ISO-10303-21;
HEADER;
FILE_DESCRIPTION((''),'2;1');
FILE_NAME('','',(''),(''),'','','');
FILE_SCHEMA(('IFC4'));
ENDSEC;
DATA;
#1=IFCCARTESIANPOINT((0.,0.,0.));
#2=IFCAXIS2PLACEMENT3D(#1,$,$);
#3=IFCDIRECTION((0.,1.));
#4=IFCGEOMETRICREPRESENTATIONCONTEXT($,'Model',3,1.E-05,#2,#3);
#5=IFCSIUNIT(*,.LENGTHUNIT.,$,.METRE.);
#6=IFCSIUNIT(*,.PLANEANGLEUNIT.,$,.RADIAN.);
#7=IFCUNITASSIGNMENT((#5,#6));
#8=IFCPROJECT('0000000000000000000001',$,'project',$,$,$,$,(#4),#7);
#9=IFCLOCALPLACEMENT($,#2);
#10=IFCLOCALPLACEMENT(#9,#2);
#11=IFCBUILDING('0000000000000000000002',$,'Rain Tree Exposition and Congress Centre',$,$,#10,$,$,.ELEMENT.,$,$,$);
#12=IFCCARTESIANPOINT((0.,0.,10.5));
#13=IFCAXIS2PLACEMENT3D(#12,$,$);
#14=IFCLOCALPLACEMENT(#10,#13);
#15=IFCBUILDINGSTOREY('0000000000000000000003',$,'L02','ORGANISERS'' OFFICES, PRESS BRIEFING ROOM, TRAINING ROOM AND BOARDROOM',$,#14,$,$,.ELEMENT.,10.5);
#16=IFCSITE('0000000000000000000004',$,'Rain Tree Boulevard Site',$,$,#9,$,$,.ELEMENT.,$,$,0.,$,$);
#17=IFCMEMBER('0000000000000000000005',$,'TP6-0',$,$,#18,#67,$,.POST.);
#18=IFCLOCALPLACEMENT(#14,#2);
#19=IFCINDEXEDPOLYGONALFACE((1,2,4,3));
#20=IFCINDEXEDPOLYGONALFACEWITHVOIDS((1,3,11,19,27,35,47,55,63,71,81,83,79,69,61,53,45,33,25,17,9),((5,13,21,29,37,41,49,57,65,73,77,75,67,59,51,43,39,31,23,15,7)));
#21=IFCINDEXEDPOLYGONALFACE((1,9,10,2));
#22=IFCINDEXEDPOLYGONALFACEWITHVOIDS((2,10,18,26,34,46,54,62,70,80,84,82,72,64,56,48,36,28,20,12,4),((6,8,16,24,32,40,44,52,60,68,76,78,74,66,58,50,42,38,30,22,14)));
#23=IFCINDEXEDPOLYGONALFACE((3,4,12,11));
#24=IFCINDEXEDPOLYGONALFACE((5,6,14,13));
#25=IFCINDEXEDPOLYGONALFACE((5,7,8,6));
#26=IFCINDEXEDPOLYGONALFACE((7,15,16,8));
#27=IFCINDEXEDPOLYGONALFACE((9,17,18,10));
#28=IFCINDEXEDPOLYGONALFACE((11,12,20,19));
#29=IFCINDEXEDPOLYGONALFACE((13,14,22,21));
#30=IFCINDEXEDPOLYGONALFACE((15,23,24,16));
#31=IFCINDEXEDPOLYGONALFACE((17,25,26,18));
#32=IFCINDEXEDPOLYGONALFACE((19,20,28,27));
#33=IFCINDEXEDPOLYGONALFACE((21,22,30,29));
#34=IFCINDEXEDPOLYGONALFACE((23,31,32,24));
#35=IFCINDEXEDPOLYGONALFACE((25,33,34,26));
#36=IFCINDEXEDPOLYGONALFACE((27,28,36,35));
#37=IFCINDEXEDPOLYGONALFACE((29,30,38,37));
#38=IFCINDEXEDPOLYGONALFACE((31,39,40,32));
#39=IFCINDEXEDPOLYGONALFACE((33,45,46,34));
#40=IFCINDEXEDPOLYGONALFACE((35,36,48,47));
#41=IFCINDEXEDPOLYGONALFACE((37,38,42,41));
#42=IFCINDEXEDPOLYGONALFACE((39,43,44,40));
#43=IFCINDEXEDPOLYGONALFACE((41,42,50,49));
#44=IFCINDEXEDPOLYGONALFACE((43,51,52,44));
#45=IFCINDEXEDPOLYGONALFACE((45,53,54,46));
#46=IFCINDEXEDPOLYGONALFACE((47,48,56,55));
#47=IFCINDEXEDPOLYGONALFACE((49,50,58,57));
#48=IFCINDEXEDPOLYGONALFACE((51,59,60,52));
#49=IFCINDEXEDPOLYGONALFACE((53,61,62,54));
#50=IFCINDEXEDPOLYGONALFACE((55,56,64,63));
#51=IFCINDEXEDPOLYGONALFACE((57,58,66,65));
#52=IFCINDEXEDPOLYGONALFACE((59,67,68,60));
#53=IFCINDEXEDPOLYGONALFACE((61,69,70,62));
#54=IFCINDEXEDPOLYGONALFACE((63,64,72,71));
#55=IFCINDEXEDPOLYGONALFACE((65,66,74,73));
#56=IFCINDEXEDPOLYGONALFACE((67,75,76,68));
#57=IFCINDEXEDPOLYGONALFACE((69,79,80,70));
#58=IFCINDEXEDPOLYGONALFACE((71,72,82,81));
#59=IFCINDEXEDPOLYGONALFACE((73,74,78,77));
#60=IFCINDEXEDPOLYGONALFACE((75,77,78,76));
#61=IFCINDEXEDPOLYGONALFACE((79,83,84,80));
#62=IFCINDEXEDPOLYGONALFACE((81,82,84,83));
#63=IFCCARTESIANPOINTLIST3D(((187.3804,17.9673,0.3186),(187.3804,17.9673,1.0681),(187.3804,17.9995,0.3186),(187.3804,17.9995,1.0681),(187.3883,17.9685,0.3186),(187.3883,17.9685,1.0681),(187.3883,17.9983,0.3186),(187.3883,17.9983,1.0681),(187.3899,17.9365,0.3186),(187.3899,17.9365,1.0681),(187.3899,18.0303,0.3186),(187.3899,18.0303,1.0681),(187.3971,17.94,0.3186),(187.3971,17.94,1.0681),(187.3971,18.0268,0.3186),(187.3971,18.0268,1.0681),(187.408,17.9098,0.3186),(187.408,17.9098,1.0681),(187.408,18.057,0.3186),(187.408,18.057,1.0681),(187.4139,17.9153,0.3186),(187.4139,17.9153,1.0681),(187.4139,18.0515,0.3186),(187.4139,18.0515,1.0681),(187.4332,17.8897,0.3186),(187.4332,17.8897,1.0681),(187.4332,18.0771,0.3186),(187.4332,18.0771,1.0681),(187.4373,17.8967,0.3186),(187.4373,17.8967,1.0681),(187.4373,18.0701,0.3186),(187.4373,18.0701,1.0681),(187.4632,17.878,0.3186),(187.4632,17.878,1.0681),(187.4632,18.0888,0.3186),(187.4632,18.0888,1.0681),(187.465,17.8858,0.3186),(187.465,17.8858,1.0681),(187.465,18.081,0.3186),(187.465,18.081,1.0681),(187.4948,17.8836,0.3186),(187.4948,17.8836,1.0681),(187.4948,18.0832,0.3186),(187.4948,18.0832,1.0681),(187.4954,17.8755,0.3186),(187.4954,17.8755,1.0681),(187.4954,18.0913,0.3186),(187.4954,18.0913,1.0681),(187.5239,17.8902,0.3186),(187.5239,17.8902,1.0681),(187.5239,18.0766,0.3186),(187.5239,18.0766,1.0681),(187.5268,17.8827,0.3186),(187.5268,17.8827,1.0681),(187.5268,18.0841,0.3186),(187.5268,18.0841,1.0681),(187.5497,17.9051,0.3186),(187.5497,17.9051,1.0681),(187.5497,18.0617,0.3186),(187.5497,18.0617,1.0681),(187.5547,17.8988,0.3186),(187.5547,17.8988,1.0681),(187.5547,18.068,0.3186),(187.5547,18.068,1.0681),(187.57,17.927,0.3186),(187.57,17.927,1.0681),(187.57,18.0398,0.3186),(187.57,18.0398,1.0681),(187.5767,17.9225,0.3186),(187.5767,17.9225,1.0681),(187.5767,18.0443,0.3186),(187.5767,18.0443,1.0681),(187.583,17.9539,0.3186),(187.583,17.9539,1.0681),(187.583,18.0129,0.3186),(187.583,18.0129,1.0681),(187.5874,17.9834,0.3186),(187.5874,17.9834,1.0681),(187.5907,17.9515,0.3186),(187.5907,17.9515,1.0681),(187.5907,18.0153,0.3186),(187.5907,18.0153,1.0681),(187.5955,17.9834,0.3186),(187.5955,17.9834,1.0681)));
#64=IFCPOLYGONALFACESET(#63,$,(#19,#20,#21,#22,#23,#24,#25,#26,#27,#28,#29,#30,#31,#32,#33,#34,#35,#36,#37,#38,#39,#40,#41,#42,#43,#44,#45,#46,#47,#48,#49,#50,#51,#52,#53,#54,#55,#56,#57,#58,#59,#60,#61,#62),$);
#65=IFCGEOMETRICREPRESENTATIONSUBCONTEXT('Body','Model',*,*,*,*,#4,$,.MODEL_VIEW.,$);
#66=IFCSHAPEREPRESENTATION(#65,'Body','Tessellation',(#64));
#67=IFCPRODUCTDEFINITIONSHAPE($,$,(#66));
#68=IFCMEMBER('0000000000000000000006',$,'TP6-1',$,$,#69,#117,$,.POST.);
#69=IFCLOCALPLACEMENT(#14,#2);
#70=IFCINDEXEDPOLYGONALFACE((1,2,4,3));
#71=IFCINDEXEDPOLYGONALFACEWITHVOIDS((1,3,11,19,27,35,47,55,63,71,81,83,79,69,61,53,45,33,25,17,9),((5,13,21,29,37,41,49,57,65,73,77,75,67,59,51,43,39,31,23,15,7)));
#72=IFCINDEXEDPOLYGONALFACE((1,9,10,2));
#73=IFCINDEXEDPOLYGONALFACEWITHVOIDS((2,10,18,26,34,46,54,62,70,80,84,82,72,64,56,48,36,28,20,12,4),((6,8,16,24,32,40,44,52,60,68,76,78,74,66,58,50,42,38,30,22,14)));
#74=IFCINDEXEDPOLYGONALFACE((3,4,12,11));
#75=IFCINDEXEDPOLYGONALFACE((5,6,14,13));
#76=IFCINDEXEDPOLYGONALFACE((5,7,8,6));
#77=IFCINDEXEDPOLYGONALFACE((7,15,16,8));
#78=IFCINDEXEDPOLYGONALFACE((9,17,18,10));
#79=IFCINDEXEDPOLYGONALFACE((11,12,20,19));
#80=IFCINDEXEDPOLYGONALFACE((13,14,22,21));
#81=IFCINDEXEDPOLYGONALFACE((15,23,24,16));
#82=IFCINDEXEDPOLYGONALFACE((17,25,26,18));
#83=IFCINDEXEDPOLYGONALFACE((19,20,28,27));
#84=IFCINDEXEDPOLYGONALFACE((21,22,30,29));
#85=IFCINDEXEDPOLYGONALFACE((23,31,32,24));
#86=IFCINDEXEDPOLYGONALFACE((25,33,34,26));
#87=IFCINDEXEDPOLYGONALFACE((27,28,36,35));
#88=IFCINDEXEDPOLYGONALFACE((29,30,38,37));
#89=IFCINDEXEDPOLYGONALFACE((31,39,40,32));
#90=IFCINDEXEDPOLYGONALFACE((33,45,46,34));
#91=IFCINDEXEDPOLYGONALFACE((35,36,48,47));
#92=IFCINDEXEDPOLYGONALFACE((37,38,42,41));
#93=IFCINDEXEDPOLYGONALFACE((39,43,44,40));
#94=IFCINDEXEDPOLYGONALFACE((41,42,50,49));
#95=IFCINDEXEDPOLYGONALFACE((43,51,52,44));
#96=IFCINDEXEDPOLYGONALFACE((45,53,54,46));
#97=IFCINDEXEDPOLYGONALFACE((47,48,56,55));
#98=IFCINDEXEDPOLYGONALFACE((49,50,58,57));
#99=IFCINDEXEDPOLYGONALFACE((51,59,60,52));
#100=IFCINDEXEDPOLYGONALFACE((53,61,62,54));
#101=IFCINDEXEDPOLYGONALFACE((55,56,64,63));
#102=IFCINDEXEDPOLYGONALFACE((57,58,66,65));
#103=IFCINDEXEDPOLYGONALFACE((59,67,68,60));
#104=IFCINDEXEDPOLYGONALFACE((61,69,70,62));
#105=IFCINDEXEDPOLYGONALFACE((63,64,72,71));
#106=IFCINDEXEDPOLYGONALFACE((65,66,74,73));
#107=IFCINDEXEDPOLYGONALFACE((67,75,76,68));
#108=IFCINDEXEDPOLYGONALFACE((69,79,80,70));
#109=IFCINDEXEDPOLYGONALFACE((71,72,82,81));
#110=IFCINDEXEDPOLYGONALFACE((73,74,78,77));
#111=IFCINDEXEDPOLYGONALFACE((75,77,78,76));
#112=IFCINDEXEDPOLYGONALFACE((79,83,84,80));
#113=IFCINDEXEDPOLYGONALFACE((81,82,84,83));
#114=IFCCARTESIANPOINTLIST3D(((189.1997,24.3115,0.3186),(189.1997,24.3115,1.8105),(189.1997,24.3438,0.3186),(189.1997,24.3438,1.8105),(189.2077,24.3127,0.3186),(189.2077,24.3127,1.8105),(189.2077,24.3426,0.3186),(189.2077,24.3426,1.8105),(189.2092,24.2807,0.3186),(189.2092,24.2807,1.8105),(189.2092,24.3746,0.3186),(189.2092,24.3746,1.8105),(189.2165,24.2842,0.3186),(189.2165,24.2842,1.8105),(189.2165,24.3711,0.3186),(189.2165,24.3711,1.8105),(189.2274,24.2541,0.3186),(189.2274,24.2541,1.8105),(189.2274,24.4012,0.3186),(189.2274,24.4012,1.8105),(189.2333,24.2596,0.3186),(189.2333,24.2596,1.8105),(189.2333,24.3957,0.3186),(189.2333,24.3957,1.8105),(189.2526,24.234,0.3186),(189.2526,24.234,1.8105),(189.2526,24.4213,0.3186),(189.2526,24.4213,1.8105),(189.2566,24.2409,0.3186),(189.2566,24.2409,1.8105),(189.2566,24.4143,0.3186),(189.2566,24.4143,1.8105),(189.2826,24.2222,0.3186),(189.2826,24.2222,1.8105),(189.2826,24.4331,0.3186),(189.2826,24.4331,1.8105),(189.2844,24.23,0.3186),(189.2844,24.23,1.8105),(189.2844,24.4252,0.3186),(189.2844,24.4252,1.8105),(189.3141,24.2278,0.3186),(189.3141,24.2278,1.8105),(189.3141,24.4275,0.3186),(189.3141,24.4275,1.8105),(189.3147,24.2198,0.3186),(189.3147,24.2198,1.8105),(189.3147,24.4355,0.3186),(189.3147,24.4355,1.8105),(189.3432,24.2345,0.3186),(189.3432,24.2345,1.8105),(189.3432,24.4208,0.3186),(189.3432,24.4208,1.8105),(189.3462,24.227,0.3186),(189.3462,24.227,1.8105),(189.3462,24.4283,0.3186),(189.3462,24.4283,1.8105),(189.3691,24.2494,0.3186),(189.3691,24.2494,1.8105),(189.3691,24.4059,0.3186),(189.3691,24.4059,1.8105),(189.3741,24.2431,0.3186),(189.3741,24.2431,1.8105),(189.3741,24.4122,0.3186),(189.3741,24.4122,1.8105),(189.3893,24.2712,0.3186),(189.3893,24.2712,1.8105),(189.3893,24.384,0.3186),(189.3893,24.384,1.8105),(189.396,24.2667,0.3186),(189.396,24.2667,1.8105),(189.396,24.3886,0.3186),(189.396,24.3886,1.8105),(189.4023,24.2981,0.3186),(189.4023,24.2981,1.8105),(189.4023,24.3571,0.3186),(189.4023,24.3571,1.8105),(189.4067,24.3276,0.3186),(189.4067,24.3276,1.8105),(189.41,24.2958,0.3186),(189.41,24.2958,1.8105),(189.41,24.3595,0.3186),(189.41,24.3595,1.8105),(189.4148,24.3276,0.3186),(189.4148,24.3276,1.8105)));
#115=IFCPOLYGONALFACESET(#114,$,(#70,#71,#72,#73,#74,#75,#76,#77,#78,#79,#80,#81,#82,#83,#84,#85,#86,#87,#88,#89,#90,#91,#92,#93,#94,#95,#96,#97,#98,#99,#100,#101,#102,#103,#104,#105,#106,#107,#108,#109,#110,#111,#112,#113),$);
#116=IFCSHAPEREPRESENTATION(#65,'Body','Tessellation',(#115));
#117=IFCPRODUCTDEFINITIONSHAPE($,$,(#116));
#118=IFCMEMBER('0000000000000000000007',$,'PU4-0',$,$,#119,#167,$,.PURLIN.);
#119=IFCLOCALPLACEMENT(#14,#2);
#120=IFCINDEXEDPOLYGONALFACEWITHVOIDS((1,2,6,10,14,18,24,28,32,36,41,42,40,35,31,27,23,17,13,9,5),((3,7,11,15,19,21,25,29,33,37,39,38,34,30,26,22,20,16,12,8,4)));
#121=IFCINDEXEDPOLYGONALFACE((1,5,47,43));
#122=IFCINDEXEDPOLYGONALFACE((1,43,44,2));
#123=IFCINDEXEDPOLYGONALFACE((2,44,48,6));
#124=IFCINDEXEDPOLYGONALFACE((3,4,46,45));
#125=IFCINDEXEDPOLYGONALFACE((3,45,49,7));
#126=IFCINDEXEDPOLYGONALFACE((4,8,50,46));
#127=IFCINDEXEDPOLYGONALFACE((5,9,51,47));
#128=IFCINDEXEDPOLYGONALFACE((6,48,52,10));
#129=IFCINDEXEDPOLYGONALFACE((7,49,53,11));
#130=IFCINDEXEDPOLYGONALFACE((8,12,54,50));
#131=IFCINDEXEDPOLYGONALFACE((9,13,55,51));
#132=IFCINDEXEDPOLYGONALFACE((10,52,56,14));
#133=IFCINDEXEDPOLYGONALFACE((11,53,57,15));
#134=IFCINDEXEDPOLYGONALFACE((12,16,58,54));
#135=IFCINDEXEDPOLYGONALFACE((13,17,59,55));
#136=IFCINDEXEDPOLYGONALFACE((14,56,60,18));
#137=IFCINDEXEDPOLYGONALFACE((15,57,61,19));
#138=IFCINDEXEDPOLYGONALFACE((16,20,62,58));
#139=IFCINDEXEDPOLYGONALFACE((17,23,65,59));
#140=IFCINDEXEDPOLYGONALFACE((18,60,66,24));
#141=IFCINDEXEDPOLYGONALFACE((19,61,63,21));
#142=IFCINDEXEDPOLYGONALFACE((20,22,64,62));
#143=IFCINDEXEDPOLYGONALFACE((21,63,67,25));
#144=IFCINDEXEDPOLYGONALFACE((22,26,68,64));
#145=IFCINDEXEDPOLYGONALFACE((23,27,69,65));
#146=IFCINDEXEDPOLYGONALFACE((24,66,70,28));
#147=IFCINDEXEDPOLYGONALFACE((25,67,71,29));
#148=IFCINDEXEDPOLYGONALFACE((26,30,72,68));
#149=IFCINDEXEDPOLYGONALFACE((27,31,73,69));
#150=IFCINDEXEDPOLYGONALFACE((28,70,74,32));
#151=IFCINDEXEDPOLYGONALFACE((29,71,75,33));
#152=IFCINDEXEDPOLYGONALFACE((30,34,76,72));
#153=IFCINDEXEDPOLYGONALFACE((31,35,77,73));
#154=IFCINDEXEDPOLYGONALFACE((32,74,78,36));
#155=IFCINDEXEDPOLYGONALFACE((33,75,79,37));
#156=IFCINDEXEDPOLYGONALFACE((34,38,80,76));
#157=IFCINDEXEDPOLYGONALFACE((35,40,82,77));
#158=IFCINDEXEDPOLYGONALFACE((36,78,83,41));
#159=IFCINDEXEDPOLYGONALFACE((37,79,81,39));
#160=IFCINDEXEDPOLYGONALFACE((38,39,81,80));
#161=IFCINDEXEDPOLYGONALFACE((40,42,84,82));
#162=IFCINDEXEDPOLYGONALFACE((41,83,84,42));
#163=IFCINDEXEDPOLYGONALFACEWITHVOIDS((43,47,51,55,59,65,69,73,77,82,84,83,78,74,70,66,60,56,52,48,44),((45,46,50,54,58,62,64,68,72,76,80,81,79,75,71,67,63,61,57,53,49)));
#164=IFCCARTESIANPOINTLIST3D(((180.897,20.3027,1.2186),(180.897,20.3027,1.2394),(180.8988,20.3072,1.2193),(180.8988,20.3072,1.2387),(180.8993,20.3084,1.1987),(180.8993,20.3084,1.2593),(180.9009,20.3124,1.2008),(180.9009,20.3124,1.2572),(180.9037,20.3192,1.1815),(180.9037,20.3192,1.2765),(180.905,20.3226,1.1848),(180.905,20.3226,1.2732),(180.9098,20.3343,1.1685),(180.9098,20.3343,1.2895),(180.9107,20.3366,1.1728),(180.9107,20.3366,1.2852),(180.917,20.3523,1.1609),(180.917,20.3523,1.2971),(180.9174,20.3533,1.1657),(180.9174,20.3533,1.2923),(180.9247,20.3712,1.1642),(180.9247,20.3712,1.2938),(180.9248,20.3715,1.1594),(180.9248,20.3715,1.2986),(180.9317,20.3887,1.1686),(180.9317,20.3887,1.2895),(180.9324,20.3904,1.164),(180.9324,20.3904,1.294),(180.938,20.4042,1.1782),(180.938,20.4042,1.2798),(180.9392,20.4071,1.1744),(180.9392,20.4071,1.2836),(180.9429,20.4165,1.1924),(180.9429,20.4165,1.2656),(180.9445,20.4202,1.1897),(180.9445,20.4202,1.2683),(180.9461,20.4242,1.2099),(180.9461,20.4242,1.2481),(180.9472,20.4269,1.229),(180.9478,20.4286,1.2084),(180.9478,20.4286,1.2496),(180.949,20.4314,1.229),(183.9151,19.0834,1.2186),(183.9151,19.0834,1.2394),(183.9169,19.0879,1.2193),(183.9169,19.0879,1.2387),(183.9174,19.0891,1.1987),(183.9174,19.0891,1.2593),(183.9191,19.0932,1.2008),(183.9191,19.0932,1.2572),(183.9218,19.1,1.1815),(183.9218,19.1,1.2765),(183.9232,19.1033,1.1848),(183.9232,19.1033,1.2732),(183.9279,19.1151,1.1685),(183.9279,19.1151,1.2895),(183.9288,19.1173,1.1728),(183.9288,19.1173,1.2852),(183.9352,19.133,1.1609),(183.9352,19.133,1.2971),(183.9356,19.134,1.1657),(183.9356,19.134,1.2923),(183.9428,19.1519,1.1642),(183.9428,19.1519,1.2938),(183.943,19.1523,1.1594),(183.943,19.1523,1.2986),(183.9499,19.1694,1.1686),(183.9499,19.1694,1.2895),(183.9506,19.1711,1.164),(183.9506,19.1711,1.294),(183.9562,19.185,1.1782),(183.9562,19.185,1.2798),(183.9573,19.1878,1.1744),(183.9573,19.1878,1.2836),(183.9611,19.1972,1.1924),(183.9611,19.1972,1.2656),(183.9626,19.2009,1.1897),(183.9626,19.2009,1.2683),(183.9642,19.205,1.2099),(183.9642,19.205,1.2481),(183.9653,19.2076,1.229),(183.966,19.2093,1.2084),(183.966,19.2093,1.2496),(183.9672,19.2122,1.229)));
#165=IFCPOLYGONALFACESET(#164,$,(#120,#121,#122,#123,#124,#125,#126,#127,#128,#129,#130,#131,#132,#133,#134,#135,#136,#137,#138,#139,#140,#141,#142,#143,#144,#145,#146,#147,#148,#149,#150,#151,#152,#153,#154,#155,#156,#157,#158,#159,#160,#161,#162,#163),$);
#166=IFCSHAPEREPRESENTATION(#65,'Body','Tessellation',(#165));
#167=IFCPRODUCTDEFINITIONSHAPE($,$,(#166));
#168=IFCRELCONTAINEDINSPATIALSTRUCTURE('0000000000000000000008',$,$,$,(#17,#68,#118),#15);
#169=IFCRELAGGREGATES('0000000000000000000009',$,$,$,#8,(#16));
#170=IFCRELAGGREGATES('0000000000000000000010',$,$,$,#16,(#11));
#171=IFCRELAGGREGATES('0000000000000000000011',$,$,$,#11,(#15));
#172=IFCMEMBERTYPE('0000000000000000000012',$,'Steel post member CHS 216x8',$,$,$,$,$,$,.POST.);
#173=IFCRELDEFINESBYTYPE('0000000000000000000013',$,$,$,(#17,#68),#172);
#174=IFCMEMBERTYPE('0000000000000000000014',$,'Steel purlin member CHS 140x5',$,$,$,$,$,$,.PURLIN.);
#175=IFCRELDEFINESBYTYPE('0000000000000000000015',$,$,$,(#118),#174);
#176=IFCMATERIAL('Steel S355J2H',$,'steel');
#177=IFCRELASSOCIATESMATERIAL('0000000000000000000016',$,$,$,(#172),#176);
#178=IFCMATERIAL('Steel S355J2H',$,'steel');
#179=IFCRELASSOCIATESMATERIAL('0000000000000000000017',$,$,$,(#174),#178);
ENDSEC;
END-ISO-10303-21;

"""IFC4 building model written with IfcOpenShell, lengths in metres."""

from ifc_helpers import new_model, si_unit, direction, frame, origin, origin_2d, place, context, subcontext, project, spatial, hollow_circle, extrude, material, material_profile, profile_set, type_object, element, save


model = new_model("IFC4")

# Units and contexts
model_context = context("Model", 3, precision=1e-05, world=origin(), true_north=direction((0.0, 1.0)))
body_context = subcontext(model_context, "Body", "Model", "MODEL_VIEW")
ifc_project = project(units=[si_unit("LENGTHUNIT", "METRE"), si_unit("PLANEANGLEUNIT", "RADIAN")], contexts=[model_context])

# Site, building, storey
site_placement = place(None, origin())
site = spatial("IfcSite", under=ifc_project, at=site_placement, Name="Rain Tree Boulevard Site", CompositionType="ELEMENT", RefElevation=0.0)
building_placement = place(site_placement, origin())
building = spatial("IfcBuilding", under=site, at=building_placement, Name="Rain Tree Exposition and Congress Centre", CompositionType="ELEMENT")
storey_placement = place(building_placement, frame((0.0, 0.0, 10.5)))
storey = spatial("IfcBuildingStorey", under=building, at=storey_placement, Name="L02", Description="ORGANISERS' OFFICES, PRESS BRIEFING ROOM, TRAINING ROOM AND BOARDROOM", CompositionType="ELEMENT", Elevation=10.5)

# Members
ifc_material_1 = material(Name="Steel S355J2H", Category="steel")
ifc_material_profile_1 = material_profile(ifc_material_1, hollow_circle(Radius=0.1082, WallThickness=0.0081, at=origin_2d()), Name="CHS 216x8")
ifc_profile_set_1 = profile_set([ifc_material_profile_1], Name="Steel S355J2H")
member_type_1 = type_object("IfcMemberType", Name="Steel post member CHS 216x8", PredefinedType="POST", material=ifc_profile_set_1)
member_1_placement = place(storey_placement, frame((187.4873, 17.9834, 0.3186), z_axis=(0.0, 0.0, 1.0), x_axis=(1.0, 0.0, 0.0)))
element("IfcMember", 1, at=member_1_placement, inside=storey, type_object=member_type_1, Name="TP6-0", PredefinedType="POST", context=body_context, shape_type="SweptSolid", body=[
    extrude(hollow_circle(Radius=0.1082, WallThickness=0.0081, at=origin_2d()), origin(), (0.0, 0.0, 1.0), 0.7495),
])
member_2_placement = place(storey_placement, frame((189.3066, 24.3276, 0.3186), z_axis=(0.0, 0.0, 1.0), x_axis=(1.0, 0.0, 0.0)))
element("IfcMember", 2, at=member_2_placement, inside=storey, type_object=member_type_1, Name="TP6-1", PredefinedType="POST", context=body_context, shape_type="SweptSolid", body=[
    extrude(hollow_circle(Radius=0.1082, WallThickness=0.0081, at=origin_2d()), origin(), (0.0, 0.0, 1.0), 1.4919),
])
ifc_material_2 = material(Name="Steel S355J2H", Category="steel")
ifc_material_profile_2 = material_profile(ifc_material_2, hollow_circle(Radius=0.0698, WallThickness=0.0049, at=origin_2d()), Name="CHS 140x5")
ifc_profile_set_2 = profile_set([ifc_material_profile_2], Name="Steel S355J2H")
member_type_2 = type_object("IfcMemberType", Name="Steel purlin member CHS 140x5", PredefinedType="PURLIN", material=ifc_profile_set_2)
for number, where, z_axis, x_axis, name in (
    (3, (180.9229, 20.3667, 1.229), (0.927199, -0.37457, 0.0), (0.37457, 0.927199, 0.0), "PU4-0"),
):
    element("IfcMember", number, at=place(storey_placement, frame(where, z_axis=z_axis, x_axis=x_axis)), inside=storey, type_object=member_type_2, Name=name, PredefinedType="PURLIN", context=body_context, shape_type="SweptSolid", body=[
        extrude(hollow_circle(Radius=0.0698, WallThickness=0.0049, at=origin_2d()), origin(), (0.0, 0.0, 1.0), 3.2551),
    ])

save(model, "model.ifc")
